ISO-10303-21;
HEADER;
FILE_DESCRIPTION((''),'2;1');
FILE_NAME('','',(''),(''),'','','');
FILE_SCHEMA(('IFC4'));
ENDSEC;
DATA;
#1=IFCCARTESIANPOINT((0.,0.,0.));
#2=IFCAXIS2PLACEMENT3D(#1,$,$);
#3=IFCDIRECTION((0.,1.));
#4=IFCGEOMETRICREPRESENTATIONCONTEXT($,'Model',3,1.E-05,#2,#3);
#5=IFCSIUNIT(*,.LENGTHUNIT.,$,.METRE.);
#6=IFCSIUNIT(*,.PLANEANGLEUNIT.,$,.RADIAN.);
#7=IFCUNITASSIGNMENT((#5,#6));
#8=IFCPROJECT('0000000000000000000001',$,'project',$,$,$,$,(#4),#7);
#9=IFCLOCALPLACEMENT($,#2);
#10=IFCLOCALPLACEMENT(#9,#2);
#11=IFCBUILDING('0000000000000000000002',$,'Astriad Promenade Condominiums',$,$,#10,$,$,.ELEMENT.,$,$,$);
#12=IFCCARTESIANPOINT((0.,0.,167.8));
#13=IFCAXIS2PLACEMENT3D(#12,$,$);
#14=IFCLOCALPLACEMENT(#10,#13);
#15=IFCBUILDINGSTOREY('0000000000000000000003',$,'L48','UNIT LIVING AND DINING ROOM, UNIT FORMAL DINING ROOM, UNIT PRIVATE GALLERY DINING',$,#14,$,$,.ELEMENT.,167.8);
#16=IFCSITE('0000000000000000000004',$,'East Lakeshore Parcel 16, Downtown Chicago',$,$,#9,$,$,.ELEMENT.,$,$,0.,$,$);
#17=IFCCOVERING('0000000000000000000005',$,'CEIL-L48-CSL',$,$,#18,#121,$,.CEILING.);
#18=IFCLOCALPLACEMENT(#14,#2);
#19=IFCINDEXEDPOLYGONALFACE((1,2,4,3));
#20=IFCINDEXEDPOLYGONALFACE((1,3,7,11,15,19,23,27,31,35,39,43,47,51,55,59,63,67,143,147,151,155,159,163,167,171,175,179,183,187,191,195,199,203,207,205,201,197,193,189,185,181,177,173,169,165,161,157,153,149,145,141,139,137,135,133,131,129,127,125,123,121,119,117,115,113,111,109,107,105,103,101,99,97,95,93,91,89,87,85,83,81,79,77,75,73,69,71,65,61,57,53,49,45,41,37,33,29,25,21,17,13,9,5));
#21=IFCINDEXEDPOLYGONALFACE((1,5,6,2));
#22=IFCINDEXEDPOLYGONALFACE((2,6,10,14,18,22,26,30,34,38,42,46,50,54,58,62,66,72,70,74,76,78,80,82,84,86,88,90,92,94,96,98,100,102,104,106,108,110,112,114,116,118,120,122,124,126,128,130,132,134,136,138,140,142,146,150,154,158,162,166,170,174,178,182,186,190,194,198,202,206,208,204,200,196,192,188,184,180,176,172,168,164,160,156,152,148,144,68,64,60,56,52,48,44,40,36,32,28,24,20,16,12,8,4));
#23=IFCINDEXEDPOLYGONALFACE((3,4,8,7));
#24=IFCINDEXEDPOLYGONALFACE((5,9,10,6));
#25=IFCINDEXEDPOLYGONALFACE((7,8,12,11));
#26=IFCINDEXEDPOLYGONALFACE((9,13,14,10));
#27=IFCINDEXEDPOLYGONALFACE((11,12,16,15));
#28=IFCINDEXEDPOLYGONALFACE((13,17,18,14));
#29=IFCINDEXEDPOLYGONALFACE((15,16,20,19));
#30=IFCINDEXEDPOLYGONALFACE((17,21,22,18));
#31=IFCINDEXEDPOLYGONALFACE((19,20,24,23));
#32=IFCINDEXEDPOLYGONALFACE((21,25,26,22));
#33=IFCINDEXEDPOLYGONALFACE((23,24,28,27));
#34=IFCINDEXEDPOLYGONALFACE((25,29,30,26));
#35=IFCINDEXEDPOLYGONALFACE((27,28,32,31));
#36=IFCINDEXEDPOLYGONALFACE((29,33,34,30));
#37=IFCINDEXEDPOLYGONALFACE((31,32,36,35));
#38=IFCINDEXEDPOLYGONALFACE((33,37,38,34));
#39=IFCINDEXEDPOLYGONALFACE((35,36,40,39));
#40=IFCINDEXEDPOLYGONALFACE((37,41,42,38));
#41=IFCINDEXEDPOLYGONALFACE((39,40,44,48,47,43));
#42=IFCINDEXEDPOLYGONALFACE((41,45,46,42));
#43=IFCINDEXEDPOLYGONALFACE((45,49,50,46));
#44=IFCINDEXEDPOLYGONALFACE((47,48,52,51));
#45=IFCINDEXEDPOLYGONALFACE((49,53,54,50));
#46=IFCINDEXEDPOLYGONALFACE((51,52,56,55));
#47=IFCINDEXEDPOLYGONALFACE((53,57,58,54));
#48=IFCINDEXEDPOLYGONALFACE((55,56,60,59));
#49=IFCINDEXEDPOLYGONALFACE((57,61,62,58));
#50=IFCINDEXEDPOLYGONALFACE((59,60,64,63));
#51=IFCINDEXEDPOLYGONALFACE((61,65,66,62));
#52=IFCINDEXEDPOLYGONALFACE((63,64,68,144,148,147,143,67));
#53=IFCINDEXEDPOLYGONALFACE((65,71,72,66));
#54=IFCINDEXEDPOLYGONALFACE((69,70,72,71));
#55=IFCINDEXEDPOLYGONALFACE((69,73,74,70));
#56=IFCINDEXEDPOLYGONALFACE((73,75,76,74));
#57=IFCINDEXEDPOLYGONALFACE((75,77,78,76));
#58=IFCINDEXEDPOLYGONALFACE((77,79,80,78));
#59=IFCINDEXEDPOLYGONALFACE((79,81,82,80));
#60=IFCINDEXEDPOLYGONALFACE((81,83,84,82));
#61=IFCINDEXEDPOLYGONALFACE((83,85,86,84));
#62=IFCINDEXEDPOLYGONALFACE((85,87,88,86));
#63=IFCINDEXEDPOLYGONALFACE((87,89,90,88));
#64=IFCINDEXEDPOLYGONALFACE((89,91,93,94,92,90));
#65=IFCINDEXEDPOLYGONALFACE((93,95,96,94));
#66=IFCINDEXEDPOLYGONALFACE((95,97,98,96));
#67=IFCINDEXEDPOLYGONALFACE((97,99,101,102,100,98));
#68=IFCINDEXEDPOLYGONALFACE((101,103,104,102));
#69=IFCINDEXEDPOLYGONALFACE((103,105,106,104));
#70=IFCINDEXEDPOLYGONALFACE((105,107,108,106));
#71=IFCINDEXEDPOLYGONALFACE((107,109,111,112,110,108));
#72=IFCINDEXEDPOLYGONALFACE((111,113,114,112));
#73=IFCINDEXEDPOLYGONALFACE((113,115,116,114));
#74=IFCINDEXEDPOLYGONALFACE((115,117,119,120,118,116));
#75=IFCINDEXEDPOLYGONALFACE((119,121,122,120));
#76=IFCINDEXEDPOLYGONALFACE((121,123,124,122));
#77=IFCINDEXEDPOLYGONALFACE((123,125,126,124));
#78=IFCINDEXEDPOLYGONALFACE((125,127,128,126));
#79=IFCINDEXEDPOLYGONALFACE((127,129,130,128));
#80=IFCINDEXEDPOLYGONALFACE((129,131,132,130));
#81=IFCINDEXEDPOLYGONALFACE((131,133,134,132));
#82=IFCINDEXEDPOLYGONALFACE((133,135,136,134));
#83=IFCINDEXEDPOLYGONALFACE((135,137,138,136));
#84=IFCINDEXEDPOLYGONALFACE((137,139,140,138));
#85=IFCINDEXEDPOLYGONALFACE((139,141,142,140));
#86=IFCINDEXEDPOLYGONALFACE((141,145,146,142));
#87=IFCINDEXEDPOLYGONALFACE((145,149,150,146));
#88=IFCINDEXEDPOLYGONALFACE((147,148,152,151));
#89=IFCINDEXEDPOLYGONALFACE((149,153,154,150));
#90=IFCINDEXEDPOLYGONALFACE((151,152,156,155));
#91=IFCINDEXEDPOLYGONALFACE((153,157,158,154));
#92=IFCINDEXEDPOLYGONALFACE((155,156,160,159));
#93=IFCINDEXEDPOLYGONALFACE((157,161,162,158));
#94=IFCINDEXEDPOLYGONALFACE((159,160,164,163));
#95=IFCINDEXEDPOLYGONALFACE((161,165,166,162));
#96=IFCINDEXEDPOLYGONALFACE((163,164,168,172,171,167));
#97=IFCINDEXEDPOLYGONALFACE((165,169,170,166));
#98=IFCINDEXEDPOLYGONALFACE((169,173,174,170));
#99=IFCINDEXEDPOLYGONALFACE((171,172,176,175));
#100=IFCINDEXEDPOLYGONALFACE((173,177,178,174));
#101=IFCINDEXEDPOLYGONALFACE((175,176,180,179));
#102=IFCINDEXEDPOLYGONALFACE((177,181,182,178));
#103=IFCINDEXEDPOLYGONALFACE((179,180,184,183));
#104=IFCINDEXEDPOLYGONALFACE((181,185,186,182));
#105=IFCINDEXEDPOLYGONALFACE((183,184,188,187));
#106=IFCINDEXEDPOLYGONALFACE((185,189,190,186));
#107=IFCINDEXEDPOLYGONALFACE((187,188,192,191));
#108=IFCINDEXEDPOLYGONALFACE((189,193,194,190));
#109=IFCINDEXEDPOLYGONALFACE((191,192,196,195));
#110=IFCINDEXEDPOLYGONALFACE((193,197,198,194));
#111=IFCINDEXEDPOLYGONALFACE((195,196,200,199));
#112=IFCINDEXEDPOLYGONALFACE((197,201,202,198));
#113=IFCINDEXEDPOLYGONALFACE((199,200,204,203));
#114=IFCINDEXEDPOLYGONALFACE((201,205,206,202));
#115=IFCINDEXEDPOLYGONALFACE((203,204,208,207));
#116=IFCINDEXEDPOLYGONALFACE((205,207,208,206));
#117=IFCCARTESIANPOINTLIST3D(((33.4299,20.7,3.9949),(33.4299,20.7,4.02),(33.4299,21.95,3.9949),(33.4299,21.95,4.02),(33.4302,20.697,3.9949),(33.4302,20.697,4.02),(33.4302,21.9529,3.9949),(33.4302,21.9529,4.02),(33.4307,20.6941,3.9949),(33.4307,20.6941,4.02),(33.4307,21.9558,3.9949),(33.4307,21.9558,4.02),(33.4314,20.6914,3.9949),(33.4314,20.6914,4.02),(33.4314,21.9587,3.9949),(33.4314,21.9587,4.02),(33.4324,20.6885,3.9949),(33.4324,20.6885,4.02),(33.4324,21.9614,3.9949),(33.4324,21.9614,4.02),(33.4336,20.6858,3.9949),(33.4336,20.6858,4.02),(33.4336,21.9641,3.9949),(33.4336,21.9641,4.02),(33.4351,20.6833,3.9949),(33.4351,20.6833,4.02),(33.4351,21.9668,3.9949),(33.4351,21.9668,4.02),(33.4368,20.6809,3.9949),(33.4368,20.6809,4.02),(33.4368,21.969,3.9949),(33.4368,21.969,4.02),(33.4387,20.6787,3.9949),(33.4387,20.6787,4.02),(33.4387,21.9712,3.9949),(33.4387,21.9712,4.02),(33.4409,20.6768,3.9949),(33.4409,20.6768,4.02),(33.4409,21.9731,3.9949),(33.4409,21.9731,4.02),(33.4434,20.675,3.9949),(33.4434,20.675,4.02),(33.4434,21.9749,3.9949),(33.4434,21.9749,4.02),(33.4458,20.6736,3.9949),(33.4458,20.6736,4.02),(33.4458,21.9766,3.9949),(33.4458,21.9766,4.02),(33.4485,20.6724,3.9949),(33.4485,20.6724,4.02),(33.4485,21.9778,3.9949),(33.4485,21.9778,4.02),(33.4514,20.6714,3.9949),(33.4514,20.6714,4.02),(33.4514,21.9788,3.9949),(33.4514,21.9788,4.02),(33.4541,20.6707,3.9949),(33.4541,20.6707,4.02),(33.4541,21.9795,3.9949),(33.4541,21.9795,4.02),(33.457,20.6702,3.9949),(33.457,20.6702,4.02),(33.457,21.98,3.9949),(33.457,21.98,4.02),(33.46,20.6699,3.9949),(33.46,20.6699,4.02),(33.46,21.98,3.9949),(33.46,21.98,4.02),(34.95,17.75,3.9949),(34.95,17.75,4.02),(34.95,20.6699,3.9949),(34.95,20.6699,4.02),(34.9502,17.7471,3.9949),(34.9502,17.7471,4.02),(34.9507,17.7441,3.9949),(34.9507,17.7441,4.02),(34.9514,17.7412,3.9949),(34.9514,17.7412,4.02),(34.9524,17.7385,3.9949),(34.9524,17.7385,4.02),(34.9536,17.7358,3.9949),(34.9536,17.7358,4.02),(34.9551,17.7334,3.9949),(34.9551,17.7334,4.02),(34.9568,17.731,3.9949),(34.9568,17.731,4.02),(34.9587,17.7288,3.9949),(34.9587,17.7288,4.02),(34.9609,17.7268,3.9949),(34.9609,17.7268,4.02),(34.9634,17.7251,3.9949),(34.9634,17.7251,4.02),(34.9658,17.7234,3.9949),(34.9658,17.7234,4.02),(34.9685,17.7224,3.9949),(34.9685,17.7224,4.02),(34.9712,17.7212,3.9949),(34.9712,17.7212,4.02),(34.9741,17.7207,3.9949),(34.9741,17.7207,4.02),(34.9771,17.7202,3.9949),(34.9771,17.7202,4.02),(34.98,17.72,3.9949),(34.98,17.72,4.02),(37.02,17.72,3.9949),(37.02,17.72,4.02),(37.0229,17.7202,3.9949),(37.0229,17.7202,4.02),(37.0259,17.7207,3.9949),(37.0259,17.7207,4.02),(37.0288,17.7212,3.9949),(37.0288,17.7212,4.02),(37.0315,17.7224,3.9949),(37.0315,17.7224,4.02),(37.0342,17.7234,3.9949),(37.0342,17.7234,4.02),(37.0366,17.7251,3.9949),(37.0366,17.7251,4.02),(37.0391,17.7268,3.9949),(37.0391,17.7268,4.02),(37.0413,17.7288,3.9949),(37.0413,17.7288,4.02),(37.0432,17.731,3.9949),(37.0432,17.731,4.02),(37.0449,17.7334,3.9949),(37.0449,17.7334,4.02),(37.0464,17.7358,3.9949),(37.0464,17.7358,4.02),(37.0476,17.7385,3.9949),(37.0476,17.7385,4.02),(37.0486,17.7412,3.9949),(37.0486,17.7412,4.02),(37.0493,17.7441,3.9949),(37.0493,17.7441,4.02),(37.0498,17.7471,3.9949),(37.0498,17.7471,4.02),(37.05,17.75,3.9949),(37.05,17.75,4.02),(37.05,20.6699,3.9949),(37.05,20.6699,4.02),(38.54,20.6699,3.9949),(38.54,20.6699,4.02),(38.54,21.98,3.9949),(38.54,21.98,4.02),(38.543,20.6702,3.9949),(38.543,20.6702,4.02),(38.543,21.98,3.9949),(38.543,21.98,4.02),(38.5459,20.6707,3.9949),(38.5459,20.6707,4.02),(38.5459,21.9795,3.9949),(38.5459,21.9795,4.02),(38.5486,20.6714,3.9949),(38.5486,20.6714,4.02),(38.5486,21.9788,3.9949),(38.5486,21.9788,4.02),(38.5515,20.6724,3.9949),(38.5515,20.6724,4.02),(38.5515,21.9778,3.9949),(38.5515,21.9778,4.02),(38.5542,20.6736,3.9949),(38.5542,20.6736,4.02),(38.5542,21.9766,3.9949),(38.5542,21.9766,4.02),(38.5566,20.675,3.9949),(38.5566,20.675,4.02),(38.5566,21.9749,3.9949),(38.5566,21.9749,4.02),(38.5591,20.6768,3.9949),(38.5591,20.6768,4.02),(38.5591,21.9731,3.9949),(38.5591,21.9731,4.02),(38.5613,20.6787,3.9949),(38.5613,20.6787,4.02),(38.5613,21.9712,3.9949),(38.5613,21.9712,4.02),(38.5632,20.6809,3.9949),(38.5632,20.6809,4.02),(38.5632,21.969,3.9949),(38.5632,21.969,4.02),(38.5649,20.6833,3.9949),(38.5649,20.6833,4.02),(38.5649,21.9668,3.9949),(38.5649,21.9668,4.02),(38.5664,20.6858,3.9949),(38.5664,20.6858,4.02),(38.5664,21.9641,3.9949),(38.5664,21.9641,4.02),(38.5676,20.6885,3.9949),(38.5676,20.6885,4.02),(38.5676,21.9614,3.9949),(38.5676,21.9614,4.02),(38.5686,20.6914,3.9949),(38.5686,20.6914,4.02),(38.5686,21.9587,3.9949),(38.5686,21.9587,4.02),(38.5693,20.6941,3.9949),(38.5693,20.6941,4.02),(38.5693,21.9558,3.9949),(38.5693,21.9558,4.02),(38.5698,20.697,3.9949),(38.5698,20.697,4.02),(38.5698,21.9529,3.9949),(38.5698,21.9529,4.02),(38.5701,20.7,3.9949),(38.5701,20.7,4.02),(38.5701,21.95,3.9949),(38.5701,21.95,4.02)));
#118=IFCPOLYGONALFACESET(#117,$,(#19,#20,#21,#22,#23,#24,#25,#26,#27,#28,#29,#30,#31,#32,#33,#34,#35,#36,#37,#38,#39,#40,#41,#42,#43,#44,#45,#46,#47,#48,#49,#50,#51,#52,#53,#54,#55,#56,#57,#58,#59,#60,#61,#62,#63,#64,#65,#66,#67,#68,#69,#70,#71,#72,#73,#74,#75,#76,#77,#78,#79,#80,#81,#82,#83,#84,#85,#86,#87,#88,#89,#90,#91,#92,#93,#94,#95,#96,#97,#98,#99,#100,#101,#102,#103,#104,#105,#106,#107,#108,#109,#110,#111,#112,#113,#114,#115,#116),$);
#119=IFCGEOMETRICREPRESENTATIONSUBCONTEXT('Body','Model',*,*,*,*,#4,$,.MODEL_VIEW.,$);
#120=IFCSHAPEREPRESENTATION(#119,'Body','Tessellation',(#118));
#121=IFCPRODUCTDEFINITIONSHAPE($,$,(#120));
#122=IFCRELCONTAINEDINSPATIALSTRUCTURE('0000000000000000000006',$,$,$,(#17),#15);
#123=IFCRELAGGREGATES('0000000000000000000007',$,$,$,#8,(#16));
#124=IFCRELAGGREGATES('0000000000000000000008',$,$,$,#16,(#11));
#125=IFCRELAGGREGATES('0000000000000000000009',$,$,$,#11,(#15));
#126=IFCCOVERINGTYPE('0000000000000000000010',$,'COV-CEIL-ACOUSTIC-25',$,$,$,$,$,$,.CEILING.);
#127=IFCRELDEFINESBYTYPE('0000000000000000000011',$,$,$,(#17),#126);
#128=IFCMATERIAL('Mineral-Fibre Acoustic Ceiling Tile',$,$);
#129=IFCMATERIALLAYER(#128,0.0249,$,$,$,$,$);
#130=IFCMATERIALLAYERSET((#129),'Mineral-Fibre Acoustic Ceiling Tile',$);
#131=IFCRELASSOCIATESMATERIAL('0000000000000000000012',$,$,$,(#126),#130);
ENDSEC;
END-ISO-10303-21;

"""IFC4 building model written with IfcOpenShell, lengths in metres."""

from ifc_helpers import new_model, si_unit, direction, frame, origin, place, context, subcontext, project, spatial, polyline, outline, extrude, material, layer, layer_set, type_object, element, save


model = new_model("IFC4")

# Units and contexts
model_context = context("Model", 3, precision=1e-05, world=origin(), true_north=direction((0.0, 1.0)))
body_context = subcontext(model_context, "Body", "Model", "MODEL_VIEW")
ifc_project = project(units=[si_unit("LENGTHUNIT", "METRE"), si_unit("PLANEANGLEUNIT", "RADIAN")], contexts=[model_context])

# Site, building, storey
site_placement = place(None, origin())
site = spatial("IfcSite", under=ifc_project, at=site_placement, Name="East Lakeshore Parcel 16, Downtown Chicago", CompositionType="ELEMENT", RefElevation=0.0)
building_placement = place(site_placement, origin())
building = spatial("IfcBuilding", under=site, at=building_placement, Name="Astriad Promenade Condominiums", CompositionType="ELEMENT")
storey_placement = place(building_placement, frame((0.0, 0.0, 167.8)))
storey = spatial("IfcBuildingStorey", under=building, at=storey_placement, Name="L48", Description="UNIT LIVING AND DINING ROOM, UNIT FORMAL DINING ROOM, UNIT PRIVATE GALLERY DINING", CompositionType="ELEMENT", Elevation=167.8)

# Covering
ifc_material_1 = material(Name="Mineral-Fibre Acoustic Ceiling Tile")
ifc_layer_1 = layer(ifc_material_1, 0.0249)
ifc_layer_set_1 = layer_set([ifc_layer_1], Name="Mineral-Fibre Acoustic Ceiling Tile")
covering_type_1 = type_object("IfcCoveringType", Name="COV-CEIL-ACOUSTIC-25", PredefinedType="CEILING", material=ifc_layer_set_1)
covering_1_placement = place(storey_placement, frame((0.0, 0.0, 3.9949)))
element("IfcCovering", 1, at=covering_1_placement, inside=storey, type_object=covering_type_1, Name="CEIL-L48-CSL", PredefinedType="CEILING", context=body_context, shape_type="SweptSolid", body=[
    extrude(outline(polyline([(37.05, 17.75), (37.0498, 17.7471), (37.0493, 17.7441), (37.0486, 17.7412), (37.0476, 17.7385), (37.0464, 17.7358), (37.0449, 17.7334), (37.0432, 17.731), (37.0413, 17.7288), (37.0391, 17.7268), (37.0366, 17.7251), (37.0342, 17.7234), (37.0315, 17.7224), (37.0288, 17.7212), (37.0259, 17.7207), (37.0229, 17.7202), (37.02, 17.72), (34.98, 17.72), (34.9771, 17.7202), (34.9741, 17.7207), (34.9712, 17.7212), (34.9685, 17.7224), (34.9658, 17.7234), (34.9634, 17.7251), (34.9609, 17.7268), (34.9587, 17.7288), (34.9568, 17.731), (34.9551, 17.7334), (34.9536, 17.7358), (34.9524, 17.7385), (34.9514, 17.7412), (34.9507, 17.7441), (34.9502, 17.7471), (34.95, 17.75), (34.95, 20.6699), (33.46, 20.6699), (33.457, 20.6702), (33.4541, 20.6707), (33.4514, 20.6714), (33.4485, 20.6724), (33.4458, 20.6736), (33.4434, 20.675), (33.4409, 20.6768), (33.4387, 20.6787), (33.4368, 20.6809), (33.4351, 20.6833), (33.4336, 20.6858), (33.4324, 20.6885), (33.4314, 20.6914), (33.4307, 20.6941), (33.4302, 20.697), (33.4299, 20.7), (33.4299, 21.95), (33.4302, 21.9529), (33.4307, 21.9558), (33.4314, 21.9587), (33.4324, 21.9614), (33.4336, 21.9641), (33.4351, 21.9668), (33.4368, 21.969), (33.4387, 21.9712), (33.4409, 21.9731), (33.4434, 21.9749), (33.4458, 21.9766), (33.4485, 21.9778), (33.4514, 21.9788), (33.4541, 21.9795), (33.457, 21.98), (33.46, 21.98), (38.54, 21.98), (38.543, 21.98), (38.5459, 21.9795), (38.5486, 21.9788), (38.5515, 21.9778), (38.5542, 21.9766), (38.5566, 21.9749), (38.5591, 21.9731), (38.5613, 21.9712), (38.5632, 21.969), (38.5649, 21.9668), (38.5664, 21.9641), (38.5676, 21.9614), (38.5686, 21.9587), (38.5693, 21.9558), (38.5698, 21.9529), (38.5701, 21.95), (38.5701, 20.7), (38.5698, 20.697), (38.5693, 20.6941), (38.5686, 20.6914), (38.5676, 20.6885), (38.5664, 20.6858), (38.5649, 20.6833), (38.5632, 20.6809), (38.5613, 20.6787), (38.5591, 20.6768), (38.5566, 20.675), (38.5542, 20.6736), (38.5515, 20.6724), (38.5486, 20.6714), (38.5459, 20.6707), (38.543, 20.6702), (38.54, 20.6699), (37.05, 20.6699), (37.05, 17.75)])), origin(), (0.0, 0.0, 1.0), 0.0251),
])

save(model, "model.ifc")
